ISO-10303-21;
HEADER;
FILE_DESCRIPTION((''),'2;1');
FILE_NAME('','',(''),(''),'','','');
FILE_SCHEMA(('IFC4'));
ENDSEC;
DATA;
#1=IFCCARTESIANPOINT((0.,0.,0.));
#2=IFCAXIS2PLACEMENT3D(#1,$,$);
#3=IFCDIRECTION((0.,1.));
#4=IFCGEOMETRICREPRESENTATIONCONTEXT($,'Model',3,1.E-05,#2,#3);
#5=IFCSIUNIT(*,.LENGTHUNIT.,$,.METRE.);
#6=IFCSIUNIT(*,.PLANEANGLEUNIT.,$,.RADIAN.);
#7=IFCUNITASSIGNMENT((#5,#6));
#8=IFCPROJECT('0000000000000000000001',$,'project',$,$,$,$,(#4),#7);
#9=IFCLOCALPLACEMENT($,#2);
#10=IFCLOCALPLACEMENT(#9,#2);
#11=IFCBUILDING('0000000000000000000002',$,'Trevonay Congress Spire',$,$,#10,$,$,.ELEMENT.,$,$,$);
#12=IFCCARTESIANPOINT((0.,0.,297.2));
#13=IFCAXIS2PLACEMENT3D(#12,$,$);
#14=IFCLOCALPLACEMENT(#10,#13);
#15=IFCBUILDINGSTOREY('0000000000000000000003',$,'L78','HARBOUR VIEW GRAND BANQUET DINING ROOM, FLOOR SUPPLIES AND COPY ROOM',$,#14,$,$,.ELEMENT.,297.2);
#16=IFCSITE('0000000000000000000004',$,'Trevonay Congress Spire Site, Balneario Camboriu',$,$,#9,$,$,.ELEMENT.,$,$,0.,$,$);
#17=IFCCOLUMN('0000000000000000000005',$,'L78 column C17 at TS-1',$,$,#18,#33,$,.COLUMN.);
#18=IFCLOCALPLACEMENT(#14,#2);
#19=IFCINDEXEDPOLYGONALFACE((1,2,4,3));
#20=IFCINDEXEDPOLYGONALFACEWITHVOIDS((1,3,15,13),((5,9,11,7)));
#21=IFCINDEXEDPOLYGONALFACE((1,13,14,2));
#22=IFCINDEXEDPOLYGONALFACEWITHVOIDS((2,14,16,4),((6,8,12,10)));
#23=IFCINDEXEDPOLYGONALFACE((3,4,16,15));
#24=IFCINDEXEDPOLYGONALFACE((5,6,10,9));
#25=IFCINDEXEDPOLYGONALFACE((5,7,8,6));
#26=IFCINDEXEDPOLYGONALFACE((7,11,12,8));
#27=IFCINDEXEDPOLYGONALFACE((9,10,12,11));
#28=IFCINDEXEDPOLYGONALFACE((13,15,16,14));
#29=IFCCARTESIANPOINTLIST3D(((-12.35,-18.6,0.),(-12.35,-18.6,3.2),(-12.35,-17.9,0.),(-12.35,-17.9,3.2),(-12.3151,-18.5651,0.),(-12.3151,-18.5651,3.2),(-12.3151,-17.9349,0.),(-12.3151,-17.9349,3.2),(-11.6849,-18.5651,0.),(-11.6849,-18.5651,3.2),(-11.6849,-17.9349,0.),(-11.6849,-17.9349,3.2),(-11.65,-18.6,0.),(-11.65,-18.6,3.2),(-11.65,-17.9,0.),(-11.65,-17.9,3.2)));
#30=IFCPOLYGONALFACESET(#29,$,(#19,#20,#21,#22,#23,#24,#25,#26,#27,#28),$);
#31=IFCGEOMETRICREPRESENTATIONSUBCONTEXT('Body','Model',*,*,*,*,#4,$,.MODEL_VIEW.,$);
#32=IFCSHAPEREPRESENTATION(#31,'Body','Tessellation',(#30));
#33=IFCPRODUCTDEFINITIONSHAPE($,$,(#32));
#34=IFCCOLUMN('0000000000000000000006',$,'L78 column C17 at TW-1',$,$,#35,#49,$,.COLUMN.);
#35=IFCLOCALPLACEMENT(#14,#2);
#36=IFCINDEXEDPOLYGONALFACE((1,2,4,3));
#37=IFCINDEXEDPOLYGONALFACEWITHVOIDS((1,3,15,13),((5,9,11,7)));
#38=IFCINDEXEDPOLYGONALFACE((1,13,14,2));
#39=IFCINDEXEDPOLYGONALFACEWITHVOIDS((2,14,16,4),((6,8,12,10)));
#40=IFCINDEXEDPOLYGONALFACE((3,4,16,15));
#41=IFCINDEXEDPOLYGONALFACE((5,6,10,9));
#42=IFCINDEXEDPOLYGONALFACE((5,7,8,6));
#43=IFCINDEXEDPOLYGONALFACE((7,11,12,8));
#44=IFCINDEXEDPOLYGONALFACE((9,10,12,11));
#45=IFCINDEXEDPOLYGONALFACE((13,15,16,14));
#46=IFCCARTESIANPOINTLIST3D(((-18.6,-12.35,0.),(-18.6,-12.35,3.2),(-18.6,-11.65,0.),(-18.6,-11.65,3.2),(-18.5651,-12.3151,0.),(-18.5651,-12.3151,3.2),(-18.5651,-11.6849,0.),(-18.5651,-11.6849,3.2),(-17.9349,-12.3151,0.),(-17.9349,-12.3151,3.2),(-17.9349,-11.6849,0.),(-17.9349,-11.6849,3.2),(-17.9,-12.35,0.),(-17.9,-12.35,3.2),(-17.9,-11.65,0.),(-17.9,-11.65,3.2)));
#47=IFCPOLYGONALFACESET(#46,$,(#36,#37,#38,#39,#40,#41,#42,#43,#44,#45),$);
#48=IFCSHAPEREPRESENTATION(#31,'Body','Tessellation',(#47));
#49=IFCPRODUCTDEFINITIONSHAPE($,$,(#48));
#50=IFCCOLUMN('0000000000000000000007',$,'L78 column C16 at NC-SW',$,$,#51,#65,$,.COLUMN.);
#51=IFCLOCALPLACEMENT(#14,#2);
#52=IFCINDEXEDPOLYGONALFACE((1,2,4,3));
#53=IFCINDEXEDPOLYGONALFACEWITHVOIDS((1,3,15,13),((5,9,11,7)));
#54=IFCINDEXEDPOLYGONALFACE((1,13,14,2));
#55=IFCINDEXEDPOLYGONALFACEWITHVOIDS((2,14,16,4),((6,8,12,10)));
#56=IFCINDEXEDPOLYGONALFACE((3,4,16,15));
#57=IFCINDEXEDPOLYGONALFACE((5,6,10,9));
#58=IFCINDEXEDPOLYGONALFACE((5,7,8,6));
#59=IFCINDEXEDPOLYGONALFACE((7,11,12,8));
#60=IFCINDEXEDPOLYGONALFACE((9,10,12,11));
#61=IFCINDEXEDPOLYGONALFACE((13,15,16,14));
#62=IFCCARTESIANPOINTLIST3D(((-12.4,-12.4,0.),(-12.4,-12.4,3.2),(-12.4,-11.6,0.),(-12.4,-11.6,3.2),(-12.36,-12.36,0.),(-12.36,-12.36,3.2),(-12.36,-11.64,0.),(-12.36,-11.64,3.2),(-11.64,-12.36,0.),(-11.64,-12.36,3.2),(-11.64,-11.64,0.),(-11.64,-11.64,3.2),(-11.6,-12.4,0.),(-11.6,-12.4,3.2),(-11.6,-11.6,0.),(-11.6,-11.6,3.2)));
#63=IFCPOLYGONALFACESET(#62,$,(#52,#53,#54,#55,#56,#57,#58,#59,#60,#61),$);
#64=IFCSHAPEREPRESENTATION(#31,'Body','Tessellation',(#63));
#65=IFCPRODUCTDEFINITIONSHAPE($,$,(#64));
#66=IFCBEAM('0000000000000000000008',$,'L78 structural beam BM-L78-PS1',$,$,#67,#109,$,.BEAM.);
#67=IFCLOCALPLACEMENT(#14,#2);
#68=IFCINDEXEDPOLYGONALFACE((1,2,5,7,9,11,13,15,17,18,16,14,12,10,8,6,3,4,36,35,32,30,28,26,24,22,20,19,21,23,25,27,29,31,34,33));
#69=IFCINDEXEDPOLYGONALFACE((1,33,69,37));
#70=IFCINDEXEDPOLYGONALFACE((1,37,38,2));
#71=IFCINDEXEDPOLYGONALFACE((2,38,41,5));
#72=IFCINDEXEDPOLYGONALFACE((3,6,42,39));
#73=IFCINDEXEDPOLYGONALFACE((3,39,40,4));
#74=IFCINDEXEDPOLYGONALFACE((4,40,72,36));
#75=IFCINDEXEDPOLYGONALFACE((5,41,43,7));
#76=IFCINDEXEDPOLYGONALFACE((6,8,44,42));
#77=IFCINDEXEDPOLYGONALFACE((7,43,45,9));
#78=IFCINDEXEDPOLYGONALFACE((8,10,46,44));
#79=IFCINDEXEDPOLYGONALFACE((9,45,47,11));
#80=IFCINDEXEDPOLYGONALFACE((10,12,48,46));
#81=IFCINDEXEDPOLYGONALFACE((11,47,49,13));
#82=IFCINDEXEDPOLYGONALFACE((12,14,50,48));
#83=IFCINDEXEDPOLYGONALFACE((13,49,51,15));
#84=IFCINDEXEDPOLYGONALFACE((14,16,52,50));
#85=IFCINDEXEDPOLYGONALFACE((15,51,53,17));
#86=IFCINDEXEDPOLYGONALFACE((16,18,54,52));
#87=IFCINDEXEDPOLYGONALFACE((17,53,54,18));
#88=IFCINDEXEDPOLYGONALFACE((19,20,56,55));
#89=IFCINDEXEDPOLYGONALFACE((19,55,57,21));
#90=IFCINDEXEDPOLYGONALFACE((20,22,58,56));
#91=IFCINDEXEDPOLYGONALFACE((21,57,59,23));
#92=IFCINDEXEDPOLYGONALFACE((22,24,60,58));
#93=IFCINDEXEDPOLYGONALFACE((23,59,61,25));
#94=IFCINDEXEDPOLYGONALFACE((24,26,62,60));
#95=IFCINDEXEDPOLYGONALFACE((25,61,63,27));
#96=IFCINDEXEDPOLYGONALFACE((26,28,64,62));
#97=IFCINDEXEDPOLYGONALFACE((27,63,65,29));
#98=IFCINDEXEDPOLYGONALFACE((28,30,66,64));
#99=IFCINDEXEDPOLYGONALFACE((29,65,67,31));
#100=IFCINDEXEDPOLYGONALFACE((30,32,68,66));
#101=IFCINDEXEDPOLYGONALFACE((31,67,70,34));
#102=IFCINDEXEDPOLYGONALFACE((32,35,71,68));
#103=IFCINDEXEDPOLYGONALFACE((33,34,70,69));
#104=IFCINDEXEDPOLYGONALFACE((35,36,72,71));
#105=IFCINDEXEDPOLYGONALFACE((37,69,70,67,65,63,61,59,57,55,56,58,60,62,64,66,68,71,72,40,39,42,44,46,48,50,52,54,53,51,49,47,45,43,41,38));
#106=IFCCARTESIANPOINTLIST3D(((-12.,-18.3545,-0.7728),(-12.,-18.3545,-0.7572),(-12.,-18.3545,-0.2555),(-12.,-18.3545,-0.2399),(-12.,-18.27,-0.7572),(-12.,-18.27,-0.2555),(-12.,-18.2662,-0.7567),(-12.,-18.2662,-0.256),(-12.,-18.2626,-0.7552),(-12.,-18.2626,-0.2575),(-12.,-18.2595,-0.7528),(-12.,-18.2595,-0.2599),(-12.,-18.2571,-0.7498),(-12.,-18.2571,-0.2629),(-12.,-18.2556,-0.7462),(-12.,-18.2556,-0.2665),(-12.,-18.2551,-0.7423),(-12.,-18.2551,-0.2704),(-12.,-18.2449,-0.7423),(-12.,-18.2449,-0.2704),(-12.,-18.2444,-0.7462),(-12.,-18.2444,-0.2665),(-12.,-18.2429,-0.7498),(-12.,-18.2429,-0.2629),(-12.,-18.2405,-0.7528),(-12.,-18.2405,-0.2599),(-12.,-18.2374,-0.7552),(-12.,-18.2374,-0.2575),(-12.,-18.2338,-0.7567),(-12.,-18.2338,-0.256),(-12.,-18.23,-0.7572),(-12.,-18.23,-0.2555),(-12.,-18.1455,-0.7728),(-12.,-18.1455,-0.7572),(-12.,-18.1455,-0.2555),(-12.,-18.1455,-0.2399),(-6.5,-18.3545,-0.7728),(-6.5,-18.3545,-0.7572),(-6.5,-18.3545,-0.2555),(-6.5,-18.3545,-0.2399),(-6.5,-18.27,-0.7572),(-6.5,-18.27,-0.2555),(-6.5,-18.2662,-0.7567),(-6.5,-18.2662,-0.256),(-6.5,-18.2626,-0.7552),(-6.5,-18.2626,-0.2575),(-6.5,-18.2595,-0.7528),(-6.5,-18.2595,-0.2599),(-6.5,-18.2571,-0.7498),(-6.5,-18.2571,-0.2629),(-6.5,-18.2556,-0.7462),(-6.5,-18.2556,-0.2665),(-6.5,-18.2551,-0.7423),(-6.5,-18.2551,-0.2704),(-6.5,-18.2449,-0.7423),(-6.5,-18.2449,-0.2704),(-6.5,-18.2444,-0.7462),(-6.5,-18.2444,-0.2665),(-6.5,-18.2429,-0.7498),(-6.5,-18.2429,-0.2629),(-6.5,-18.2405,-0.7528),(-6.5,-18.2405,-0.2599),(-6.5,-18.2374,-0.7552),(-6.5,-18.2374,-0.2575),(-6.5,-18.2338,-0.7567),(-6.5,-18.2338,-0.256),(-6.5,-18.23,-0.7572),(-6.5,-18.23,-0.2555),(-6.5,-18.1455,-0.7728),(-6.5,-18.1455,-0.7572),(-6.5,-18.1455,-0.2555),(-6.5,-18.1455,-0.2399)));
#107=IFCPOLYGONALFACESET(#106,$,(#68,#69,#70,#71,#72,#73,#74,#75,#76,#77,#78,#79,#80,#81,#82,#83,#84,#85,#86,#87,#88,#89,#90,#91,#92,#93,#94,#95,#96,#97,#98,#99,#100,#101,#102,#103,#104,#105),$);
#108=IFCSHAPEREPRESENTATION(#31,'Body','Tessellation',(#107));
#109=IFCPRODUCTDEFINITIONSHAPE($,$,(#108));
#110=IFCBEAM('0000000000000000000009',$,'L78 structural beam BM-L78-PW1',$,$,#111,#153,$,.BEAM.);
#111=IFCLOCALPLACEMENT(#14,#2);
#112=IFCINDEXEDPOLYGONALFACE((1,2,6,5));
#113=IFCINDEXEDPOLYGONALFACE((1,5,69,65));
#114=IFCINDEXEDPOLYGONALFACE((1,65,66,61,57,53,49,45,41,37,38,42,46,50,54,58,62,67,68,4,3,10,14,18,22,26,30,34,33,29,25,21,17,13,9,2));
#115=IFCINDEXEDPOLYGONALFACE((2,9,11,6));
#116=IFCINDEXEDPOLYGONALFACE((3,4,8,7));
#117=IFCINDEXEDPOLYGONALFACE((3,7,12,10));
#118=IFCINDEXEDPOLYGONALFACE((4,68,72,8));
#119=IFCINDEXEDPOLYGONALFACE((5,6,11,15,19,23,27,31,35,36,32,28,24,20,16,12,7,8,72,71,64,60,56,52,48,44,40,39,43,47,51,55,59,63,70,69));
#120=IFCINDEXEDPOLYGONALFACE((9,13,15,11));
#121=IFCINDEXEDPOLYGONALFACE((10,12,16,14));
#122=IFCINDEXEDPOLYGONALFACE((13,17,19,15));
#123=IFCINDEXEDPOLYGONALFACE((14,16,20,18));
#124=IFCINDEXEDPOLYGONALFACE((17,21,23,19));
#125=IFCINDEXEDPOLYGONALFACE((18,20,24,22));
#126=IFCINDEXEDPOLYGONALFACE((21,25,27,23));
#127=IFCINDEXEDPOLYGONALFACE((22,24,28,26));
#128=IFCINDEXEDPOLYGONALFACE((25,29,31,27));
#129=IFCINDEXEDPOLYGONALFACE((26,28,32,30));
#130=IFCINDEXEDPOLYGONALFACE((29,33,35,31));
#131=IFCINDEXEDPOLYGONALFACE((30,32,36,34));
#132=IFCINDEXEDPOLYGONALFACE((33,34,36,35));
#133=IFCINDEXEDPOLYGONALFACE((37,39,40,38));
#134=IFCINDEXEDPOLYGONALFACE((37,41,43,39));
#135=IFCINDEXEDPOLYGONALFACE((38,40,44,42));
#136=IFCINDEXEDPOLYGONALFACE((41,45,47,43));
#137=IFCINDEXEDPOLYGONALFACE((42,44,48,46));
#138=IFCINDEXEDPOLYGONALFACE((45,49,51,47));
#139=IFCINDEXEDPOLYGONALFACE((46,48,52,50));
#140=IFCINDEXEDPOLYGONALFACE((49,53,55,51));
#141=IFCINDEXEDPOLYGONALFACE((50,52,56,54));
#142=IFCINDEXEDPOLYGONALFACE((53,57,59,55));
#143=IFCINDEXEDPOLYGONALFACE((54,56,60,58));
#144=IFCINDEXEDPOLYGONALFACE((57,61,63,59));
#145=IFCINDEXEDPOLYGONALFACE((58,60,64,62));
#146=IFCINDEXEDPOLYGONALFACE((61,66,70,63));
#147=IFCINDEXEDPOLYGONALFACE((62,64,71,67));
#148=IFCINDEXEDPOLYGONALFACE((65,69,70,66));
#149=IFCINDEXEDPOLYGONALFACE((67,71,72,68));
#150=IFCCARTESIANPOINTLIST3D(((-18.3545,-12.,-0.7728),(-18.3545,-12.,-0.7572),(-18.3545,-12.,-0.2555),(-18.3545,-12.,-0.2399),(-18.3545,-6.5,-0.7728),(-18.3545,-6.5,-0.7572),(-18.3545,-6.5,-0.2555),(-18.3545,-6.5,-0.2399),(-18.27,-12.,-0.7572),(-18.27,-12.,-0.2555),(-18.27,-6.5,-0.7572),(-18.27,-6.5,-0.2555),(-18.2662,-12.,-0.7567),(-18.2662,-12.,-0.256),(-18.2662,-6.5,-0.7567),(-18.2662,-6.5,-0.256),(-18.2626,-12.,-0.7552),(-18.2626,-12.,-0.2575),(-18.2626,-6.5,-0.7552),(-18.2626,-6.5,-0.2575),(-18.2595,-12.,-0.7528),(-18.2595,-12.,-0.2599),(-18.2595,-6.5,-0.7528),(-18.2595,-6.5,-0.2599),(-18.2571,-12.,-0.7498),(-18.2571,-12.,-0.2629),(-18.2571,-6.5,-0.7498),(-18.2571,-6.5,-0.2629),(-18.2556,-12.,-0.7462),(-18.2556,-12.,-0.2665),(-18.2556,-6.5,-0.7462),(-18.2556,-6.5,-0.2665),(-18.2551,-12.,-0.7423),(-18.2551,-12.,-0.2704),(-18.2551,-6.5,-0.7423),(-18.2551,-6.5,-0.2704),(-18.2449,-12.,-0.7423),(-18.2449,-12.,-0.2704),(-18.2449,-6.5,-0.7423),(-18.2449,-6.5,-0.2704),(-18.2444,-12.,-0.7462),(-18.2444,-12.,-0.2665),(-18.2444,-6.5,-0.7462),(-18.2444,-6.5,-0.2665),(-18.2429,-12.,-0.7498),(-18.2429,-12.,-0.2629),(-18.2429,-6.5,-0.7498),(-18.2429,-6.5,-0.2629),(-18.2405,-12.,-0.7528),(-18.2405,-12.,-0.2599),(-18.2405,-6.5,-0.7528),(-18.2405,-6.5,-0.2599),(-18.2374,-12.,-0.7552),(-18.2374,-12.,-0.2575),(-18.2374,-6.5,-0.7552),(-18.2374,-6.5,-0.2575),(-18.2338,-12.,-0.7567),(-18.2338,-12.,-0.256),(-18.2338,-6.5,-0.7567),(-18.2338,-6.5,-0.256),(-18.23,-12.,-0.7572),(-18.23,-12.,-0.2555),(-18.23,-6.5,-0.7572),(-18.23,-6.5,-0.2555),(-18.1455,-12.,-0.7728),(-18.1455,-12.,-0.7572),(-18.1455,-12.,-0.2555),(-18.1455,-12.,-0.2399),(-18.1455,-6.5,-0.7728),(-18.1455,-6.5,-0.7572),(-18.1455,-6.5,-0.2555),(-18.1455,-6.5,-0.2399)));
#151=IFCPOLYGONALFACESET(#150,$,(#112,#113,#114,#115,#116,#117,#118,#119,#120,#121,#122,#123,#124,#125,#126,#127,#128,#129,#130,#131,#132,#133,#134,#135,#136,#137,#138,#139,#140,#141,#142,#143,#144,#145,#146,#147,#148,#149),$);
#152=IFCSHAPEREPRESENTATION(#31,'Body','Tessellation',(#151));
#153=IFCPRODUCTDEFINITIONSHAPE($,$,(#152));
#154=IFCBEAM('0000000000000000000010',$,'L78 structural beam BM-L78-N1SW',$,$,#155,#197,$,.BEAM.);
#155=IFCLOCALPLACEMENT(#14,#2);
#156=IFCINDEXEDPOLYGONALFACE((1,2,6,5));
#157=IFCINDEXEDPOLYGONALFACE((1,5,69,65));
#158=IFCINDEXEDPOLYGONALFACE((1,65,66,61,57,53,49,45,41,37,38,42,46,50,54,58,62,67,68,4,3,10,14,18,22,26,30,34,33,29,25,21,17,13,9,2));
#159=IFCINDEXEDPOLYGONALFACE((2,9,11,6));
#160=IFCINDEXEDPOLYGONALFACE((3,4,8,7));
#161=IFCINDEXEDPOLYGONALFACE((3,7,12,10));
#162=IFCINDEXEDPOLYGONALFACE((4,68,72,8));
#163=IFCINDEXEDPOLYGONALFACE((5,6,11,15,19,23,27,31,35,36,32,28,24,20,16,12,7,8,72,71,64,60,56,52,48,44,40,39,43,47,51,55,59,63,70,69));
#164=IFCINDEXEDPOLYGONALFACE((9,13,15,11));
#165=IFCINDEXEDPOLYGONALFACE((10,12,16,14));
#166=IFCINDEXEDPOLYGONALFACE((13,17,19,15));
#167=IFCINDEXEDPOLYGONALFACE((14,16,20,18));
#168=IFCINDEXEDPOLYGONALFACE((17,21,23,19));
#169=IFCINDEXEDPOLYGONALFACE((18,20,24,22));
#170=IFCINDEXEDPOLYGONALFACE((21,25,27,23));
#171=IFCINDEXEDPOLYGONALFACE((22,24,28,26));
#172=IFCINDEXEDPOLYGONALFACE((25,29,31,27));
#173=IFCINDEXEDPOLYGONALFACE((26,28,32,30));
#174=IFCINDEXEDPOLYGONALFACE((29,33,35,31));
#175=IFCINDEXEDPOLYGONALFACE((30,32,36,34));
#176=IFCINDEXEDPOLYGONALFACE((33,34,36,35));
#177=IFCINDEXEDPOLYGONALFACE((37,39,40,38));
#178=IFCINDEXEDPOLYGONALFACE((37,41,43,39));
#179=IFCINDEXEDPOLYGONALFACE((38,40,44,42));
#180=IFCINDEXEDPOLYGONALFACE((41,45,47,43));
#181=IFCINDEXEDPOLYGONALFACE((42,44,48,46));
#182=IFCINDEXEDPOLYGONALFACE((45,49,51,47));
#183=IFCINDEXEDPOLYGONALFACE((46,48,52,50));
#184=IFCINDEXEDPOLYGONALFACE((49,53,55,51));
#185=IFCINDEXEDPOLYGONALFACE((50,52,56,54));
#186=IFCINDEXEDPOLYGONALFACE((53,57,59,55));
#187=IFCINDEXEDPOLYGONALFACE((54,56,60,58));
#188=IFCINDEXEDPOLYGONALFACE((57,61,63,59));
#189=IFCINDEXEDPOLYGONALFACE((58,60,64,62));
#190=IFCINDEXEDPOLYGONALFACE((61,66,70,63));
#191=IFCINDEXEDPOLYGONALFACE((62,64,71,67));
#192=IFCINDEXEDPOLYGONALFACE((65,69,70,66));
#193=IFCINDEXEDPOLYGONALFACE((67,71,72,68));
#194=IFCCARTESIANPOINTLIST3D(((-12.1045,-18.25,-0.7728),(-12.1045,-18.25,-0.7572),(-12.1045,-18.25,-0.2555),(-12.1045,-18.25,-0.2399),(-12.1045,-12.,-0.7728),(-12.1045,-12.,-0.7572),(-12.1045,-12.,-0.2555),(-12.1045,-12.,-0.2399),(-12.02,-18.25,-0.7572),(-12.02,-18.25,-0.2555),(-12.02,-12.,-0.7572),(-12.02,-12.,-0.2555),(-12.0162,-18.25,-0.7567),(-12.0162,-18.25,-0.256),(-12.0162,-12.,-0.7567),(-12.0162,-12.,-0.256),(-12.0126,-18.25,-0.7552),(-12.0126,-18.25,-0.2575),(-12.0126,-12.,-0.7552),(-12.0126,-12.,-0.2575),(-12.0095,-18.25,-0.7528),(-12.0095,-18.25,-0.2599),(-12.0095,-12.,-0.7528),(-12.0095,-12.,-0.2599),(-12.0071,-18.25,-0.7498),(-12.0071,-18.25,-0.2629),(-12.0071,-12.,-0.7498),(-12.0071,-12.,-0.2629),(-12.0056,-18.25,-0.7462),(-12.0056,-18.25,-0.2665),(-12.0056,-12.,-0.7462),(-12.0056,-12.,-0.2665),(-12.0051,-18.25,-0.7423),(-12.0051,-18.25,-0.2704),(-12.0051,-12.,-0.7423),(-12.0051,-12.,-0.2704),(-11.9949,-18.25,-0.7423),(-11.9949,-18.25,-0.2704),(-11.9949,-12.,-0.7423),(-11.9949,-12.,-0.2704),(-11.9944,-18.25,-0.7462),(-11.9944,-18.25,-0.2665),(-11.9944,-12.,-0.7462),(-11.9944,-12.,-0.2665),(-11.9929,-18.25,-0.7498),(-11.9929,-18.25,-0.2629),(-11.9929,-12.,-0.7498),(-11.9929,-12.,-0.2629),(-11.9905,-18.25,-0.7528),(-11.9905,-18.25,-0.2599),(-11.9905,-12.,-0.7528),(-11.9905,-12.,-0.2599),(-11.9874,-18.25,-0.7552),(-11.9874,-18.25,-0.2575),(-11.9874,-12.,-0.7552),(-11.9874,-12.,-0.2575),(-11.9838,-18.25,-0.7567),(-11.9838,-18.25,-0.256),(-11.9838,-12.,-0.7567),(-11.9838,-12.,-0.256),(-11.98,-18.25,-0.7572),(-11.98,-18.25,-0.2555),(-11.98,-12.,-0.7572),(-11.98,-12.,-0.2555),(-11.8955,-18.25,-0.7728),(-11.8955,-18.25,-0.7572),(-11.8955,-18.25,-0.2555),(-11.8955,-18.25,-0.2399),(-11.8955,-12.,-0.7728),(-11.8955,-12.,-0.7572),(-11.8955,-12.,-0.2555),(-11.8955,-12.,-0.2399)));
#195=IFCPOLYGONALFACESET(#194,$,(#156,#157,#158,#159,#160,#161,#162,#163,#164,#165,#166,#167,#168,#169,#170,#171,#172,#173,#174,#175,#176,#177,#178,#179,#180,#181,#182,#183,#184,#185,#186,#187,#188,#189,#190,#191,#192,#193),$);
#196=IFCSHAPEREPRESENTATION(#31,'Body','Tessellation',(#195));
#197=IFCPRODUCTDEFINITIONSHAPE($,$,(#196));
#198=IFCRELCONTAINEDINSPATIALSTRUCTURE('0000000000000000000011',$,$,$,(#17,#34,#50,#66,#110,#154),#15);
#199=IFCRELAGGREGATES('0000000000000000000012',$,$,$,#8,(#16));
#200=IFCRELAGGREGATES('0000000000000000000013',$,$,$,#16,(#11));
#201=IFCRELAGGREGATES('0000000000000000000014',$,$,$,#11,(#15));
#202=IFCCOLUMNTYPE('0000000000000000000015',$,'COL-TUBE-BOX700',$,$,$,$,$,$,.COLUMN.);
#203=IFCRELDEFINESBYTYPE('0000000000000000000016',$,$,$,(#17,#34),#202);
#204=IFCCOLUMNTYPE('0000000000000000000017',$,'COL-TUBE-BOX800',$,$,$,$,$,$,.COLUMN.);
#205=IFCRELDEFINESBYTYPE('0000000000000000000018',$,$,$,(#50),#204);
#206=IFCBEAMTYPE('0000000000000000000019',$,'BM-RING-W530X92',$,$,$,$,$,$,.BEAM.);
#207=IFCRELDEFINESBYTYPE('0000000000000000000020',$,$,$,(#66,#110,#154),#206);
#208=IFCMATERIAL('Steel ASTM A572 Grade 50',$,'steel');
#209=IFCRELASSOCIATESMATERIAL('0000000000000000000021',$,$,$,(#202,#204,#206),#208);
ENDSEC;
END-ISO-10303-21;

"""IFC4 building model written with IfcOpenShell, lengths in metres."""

from ifc_helpers import new_model, si_unit, direction, frame, origin, origin_2d, place, context, subcontext, project, spatial, hollow_rectangle, i_section, extrude, material, material_profile, profile_set, type_object, element, save


model = new_model("IFC4")

# Units and contexts
model_context = context("Model", 3, precision=1e-05, world=origin(), true_north=direction((0.0, 1.0)))
body_context = subcontext(model_context, "Body", "Model", "MODEL_VIEW")
ifc_project = project(units=[si_unit("LENGTHUNIT", "METRE"), si_unit("PLANEANGLEUNIT", "RADIAN")], contexts=[model_context])

# Site, building, storey
site_placement = place(None, origin())
site = spatial("IfcSite", under=ifc_project, at=site_placement, Name="Trevonay Congress Spire Site, Balneario Camboriu", CompositionType="ELEMENT", RefElevation=0.0)
building_placement = place(site_placement, origin())
building = spatial("IfcBuilding", under=site, at=building_placement, Name="Trevonay Congress Spire", CompositionType="ELEMENT")
storey_placement = place(building_placement, frame((0.0, 0.0, 297.2)))
storey = spatial("IfcBuildingStorey", under=building, at=storey_placement, Name="L78", Description="HARBOUR VIEW GRAND BANQUET DINING ROOM, FLOOR SUPPLIES AND COPY ROOM", CompositionType="ELEMENT", Elevation=297.2)

# Columns
ifc_material_1 = material(Name="Steel ASTM A572 Grade 50", Category="steel")
ifc_material_profile_1 = material_profile(ifc_material_1, hollow_rectangle(XDim=0.7, YDim=0.7, WallThickness=0.0349, at=origin_2d()), Name="BOX 700x700x35")
ifc_profile_set_1 = profile_set([ifc_material_profile_1], Name="Steel ASTM A572 Grade 50")
column_type_1 = type_object("IfcColumnType", Name="COL-TUBE-BOX700", PredefinedType="COLUMN", material=ifc_profile_set_1)
for number, where, z_axis, x_axis, name in (
    (1, (-12.0, -18.25, 0.0), (0.0, 0.0, 1.0), (1.0, 0.0, 0.0), "L78 column C17 at TS-1"),
    (2, (-18.25, -12.0, 0.0), (0.0, 0.0, 1.0), (1.0, 0.0, 0.0), "L78 column C17 at TW-1"),
):
    element("IfcColumn", number, at=place(storey_placement, frame(where, z_axis=z_axis, x_axis=x_axis)), inside=storey, type_object=column_type_1, Name=name, PredefinedType="COLUMN", context=body_context, shape_type="SweptSolid", body=[
        extrude(hollow_rectangle(XDim=0.7, YDim=0.7, WallThickness=0.0349, at=origin_2d()), origin(), (0.0, 0.0, 1.0), 3.2),
    ])
ifc_material_profile_2 = material_profile(ifc_material_1, hollow_rectangle(XDim=0.8, YDim=0.8, WallThickness=0.04, at=origin_2d()), Name="BOX 800x800x40")
ifc_profile_set_2 = profile_set([ifc_material_profile_2], Name="Steel ASTM A572 Grade 50")
column_type_2 = type_object("IfcColumnType", Name="COL-TUBE-BOX800", PredefinedType="COLUMN", material=ifc_profile_set_2)
column_placement = place(storey_placement, frame((-12.0, -12.0, 0.0), z_axis=(0.0, 0.0, 1.0), x_axis=(1.0, 0.0, 0.0)))
element("IfcColumn", 3, at=column_placement, inside=storey, type_object=column_type_2, Name="L78 column C16 at NC-SW", PredefinedType="COLUMN", context=body_context, shape_type="SweptSolid", body=[
    extrude(hollow_rectangle(XDim=0.8, YDim=0.8, WallThickness=0.04, at=origin_2d()), origin(), (0.0, 0.0, 1.0), 3.2),
])

# Beams
ifc_material_profile_3 = material_profile(ifc_material_1, i_section(OverallWidth=0.209, OverallDepth=0.533, WebThickness=0.0103, FlangeThickness=0.0156, FilletRadius=0.0149, at=origin_2d()), Name="W530x92")
ifc_profile_set_3 = profile_set([ifc_material_profile_3], Name="Steel ASTM A572 Grade 50")
beam_type = type_object("IfcBeamType", Name="BM-RING-W530X92", PredefinedType="BEAM", material=ifc_profile_set_3)
for number, where, z_axis, x_axis, name in (
    (4, (-12.0, -18.25, -0.5063), (1.0, 0.0, 0.0), (0.0, 1.0, 0.0), "L78 structural beam BM-L78-PS1"),
    (5, (-18.25, -12.0, -0.5063), (0.0, 1.0, 0.0), (-1.0, 0.0, 0.0), "L78 structural beam BM-L78-PW1"),
):
    element("IfcBeam", number, at=place(storey_placement, frame(where, z_axis=z_axis, x_axis=x_axis)), inside=storey, type_object=beam_type, Name=name, PredefinedType="BEAM", context=body_context, shape_type="SweptSolid", body=[
        extrude(i_section(OverallWidth=0.209, OverallDepth=0.533, WebThickness=0.0103, FlangeThickness=0.0156, FilletRadius=0.0149, at=origin_2d()), origin(), (0.0, 0.0, 1.0), 5.5),
    ])
for number, where, z_axis, x_axis, name in (
    (6, (-12.0, -18.25, -0.5063), (0.0, 1.0, 0.0), (-1.0, 0.0, 0.0), "L78 structural beam BM-L78-N1SW"),
):
    element("IfcBeam", number, at=place(storey_placement, frame(where, z_axis=z_axis, x_axis=x_axis)), inside=storey, type_object=beam_type, Name=name, PredefinedType="BEAM", context=body_context, shape_type="SweptSolid", body=[
        extrude(i_section(OverallWidth=0.209, OverallDepth=0.533, WebThickness=0.0103, FlangeThickness=0.0156, FilletRadius=0.0149, at=origin_2d()), origin(), (0.0, 0.0, 1.0), 6.25),
    ])

save(model, "model.ifc")
